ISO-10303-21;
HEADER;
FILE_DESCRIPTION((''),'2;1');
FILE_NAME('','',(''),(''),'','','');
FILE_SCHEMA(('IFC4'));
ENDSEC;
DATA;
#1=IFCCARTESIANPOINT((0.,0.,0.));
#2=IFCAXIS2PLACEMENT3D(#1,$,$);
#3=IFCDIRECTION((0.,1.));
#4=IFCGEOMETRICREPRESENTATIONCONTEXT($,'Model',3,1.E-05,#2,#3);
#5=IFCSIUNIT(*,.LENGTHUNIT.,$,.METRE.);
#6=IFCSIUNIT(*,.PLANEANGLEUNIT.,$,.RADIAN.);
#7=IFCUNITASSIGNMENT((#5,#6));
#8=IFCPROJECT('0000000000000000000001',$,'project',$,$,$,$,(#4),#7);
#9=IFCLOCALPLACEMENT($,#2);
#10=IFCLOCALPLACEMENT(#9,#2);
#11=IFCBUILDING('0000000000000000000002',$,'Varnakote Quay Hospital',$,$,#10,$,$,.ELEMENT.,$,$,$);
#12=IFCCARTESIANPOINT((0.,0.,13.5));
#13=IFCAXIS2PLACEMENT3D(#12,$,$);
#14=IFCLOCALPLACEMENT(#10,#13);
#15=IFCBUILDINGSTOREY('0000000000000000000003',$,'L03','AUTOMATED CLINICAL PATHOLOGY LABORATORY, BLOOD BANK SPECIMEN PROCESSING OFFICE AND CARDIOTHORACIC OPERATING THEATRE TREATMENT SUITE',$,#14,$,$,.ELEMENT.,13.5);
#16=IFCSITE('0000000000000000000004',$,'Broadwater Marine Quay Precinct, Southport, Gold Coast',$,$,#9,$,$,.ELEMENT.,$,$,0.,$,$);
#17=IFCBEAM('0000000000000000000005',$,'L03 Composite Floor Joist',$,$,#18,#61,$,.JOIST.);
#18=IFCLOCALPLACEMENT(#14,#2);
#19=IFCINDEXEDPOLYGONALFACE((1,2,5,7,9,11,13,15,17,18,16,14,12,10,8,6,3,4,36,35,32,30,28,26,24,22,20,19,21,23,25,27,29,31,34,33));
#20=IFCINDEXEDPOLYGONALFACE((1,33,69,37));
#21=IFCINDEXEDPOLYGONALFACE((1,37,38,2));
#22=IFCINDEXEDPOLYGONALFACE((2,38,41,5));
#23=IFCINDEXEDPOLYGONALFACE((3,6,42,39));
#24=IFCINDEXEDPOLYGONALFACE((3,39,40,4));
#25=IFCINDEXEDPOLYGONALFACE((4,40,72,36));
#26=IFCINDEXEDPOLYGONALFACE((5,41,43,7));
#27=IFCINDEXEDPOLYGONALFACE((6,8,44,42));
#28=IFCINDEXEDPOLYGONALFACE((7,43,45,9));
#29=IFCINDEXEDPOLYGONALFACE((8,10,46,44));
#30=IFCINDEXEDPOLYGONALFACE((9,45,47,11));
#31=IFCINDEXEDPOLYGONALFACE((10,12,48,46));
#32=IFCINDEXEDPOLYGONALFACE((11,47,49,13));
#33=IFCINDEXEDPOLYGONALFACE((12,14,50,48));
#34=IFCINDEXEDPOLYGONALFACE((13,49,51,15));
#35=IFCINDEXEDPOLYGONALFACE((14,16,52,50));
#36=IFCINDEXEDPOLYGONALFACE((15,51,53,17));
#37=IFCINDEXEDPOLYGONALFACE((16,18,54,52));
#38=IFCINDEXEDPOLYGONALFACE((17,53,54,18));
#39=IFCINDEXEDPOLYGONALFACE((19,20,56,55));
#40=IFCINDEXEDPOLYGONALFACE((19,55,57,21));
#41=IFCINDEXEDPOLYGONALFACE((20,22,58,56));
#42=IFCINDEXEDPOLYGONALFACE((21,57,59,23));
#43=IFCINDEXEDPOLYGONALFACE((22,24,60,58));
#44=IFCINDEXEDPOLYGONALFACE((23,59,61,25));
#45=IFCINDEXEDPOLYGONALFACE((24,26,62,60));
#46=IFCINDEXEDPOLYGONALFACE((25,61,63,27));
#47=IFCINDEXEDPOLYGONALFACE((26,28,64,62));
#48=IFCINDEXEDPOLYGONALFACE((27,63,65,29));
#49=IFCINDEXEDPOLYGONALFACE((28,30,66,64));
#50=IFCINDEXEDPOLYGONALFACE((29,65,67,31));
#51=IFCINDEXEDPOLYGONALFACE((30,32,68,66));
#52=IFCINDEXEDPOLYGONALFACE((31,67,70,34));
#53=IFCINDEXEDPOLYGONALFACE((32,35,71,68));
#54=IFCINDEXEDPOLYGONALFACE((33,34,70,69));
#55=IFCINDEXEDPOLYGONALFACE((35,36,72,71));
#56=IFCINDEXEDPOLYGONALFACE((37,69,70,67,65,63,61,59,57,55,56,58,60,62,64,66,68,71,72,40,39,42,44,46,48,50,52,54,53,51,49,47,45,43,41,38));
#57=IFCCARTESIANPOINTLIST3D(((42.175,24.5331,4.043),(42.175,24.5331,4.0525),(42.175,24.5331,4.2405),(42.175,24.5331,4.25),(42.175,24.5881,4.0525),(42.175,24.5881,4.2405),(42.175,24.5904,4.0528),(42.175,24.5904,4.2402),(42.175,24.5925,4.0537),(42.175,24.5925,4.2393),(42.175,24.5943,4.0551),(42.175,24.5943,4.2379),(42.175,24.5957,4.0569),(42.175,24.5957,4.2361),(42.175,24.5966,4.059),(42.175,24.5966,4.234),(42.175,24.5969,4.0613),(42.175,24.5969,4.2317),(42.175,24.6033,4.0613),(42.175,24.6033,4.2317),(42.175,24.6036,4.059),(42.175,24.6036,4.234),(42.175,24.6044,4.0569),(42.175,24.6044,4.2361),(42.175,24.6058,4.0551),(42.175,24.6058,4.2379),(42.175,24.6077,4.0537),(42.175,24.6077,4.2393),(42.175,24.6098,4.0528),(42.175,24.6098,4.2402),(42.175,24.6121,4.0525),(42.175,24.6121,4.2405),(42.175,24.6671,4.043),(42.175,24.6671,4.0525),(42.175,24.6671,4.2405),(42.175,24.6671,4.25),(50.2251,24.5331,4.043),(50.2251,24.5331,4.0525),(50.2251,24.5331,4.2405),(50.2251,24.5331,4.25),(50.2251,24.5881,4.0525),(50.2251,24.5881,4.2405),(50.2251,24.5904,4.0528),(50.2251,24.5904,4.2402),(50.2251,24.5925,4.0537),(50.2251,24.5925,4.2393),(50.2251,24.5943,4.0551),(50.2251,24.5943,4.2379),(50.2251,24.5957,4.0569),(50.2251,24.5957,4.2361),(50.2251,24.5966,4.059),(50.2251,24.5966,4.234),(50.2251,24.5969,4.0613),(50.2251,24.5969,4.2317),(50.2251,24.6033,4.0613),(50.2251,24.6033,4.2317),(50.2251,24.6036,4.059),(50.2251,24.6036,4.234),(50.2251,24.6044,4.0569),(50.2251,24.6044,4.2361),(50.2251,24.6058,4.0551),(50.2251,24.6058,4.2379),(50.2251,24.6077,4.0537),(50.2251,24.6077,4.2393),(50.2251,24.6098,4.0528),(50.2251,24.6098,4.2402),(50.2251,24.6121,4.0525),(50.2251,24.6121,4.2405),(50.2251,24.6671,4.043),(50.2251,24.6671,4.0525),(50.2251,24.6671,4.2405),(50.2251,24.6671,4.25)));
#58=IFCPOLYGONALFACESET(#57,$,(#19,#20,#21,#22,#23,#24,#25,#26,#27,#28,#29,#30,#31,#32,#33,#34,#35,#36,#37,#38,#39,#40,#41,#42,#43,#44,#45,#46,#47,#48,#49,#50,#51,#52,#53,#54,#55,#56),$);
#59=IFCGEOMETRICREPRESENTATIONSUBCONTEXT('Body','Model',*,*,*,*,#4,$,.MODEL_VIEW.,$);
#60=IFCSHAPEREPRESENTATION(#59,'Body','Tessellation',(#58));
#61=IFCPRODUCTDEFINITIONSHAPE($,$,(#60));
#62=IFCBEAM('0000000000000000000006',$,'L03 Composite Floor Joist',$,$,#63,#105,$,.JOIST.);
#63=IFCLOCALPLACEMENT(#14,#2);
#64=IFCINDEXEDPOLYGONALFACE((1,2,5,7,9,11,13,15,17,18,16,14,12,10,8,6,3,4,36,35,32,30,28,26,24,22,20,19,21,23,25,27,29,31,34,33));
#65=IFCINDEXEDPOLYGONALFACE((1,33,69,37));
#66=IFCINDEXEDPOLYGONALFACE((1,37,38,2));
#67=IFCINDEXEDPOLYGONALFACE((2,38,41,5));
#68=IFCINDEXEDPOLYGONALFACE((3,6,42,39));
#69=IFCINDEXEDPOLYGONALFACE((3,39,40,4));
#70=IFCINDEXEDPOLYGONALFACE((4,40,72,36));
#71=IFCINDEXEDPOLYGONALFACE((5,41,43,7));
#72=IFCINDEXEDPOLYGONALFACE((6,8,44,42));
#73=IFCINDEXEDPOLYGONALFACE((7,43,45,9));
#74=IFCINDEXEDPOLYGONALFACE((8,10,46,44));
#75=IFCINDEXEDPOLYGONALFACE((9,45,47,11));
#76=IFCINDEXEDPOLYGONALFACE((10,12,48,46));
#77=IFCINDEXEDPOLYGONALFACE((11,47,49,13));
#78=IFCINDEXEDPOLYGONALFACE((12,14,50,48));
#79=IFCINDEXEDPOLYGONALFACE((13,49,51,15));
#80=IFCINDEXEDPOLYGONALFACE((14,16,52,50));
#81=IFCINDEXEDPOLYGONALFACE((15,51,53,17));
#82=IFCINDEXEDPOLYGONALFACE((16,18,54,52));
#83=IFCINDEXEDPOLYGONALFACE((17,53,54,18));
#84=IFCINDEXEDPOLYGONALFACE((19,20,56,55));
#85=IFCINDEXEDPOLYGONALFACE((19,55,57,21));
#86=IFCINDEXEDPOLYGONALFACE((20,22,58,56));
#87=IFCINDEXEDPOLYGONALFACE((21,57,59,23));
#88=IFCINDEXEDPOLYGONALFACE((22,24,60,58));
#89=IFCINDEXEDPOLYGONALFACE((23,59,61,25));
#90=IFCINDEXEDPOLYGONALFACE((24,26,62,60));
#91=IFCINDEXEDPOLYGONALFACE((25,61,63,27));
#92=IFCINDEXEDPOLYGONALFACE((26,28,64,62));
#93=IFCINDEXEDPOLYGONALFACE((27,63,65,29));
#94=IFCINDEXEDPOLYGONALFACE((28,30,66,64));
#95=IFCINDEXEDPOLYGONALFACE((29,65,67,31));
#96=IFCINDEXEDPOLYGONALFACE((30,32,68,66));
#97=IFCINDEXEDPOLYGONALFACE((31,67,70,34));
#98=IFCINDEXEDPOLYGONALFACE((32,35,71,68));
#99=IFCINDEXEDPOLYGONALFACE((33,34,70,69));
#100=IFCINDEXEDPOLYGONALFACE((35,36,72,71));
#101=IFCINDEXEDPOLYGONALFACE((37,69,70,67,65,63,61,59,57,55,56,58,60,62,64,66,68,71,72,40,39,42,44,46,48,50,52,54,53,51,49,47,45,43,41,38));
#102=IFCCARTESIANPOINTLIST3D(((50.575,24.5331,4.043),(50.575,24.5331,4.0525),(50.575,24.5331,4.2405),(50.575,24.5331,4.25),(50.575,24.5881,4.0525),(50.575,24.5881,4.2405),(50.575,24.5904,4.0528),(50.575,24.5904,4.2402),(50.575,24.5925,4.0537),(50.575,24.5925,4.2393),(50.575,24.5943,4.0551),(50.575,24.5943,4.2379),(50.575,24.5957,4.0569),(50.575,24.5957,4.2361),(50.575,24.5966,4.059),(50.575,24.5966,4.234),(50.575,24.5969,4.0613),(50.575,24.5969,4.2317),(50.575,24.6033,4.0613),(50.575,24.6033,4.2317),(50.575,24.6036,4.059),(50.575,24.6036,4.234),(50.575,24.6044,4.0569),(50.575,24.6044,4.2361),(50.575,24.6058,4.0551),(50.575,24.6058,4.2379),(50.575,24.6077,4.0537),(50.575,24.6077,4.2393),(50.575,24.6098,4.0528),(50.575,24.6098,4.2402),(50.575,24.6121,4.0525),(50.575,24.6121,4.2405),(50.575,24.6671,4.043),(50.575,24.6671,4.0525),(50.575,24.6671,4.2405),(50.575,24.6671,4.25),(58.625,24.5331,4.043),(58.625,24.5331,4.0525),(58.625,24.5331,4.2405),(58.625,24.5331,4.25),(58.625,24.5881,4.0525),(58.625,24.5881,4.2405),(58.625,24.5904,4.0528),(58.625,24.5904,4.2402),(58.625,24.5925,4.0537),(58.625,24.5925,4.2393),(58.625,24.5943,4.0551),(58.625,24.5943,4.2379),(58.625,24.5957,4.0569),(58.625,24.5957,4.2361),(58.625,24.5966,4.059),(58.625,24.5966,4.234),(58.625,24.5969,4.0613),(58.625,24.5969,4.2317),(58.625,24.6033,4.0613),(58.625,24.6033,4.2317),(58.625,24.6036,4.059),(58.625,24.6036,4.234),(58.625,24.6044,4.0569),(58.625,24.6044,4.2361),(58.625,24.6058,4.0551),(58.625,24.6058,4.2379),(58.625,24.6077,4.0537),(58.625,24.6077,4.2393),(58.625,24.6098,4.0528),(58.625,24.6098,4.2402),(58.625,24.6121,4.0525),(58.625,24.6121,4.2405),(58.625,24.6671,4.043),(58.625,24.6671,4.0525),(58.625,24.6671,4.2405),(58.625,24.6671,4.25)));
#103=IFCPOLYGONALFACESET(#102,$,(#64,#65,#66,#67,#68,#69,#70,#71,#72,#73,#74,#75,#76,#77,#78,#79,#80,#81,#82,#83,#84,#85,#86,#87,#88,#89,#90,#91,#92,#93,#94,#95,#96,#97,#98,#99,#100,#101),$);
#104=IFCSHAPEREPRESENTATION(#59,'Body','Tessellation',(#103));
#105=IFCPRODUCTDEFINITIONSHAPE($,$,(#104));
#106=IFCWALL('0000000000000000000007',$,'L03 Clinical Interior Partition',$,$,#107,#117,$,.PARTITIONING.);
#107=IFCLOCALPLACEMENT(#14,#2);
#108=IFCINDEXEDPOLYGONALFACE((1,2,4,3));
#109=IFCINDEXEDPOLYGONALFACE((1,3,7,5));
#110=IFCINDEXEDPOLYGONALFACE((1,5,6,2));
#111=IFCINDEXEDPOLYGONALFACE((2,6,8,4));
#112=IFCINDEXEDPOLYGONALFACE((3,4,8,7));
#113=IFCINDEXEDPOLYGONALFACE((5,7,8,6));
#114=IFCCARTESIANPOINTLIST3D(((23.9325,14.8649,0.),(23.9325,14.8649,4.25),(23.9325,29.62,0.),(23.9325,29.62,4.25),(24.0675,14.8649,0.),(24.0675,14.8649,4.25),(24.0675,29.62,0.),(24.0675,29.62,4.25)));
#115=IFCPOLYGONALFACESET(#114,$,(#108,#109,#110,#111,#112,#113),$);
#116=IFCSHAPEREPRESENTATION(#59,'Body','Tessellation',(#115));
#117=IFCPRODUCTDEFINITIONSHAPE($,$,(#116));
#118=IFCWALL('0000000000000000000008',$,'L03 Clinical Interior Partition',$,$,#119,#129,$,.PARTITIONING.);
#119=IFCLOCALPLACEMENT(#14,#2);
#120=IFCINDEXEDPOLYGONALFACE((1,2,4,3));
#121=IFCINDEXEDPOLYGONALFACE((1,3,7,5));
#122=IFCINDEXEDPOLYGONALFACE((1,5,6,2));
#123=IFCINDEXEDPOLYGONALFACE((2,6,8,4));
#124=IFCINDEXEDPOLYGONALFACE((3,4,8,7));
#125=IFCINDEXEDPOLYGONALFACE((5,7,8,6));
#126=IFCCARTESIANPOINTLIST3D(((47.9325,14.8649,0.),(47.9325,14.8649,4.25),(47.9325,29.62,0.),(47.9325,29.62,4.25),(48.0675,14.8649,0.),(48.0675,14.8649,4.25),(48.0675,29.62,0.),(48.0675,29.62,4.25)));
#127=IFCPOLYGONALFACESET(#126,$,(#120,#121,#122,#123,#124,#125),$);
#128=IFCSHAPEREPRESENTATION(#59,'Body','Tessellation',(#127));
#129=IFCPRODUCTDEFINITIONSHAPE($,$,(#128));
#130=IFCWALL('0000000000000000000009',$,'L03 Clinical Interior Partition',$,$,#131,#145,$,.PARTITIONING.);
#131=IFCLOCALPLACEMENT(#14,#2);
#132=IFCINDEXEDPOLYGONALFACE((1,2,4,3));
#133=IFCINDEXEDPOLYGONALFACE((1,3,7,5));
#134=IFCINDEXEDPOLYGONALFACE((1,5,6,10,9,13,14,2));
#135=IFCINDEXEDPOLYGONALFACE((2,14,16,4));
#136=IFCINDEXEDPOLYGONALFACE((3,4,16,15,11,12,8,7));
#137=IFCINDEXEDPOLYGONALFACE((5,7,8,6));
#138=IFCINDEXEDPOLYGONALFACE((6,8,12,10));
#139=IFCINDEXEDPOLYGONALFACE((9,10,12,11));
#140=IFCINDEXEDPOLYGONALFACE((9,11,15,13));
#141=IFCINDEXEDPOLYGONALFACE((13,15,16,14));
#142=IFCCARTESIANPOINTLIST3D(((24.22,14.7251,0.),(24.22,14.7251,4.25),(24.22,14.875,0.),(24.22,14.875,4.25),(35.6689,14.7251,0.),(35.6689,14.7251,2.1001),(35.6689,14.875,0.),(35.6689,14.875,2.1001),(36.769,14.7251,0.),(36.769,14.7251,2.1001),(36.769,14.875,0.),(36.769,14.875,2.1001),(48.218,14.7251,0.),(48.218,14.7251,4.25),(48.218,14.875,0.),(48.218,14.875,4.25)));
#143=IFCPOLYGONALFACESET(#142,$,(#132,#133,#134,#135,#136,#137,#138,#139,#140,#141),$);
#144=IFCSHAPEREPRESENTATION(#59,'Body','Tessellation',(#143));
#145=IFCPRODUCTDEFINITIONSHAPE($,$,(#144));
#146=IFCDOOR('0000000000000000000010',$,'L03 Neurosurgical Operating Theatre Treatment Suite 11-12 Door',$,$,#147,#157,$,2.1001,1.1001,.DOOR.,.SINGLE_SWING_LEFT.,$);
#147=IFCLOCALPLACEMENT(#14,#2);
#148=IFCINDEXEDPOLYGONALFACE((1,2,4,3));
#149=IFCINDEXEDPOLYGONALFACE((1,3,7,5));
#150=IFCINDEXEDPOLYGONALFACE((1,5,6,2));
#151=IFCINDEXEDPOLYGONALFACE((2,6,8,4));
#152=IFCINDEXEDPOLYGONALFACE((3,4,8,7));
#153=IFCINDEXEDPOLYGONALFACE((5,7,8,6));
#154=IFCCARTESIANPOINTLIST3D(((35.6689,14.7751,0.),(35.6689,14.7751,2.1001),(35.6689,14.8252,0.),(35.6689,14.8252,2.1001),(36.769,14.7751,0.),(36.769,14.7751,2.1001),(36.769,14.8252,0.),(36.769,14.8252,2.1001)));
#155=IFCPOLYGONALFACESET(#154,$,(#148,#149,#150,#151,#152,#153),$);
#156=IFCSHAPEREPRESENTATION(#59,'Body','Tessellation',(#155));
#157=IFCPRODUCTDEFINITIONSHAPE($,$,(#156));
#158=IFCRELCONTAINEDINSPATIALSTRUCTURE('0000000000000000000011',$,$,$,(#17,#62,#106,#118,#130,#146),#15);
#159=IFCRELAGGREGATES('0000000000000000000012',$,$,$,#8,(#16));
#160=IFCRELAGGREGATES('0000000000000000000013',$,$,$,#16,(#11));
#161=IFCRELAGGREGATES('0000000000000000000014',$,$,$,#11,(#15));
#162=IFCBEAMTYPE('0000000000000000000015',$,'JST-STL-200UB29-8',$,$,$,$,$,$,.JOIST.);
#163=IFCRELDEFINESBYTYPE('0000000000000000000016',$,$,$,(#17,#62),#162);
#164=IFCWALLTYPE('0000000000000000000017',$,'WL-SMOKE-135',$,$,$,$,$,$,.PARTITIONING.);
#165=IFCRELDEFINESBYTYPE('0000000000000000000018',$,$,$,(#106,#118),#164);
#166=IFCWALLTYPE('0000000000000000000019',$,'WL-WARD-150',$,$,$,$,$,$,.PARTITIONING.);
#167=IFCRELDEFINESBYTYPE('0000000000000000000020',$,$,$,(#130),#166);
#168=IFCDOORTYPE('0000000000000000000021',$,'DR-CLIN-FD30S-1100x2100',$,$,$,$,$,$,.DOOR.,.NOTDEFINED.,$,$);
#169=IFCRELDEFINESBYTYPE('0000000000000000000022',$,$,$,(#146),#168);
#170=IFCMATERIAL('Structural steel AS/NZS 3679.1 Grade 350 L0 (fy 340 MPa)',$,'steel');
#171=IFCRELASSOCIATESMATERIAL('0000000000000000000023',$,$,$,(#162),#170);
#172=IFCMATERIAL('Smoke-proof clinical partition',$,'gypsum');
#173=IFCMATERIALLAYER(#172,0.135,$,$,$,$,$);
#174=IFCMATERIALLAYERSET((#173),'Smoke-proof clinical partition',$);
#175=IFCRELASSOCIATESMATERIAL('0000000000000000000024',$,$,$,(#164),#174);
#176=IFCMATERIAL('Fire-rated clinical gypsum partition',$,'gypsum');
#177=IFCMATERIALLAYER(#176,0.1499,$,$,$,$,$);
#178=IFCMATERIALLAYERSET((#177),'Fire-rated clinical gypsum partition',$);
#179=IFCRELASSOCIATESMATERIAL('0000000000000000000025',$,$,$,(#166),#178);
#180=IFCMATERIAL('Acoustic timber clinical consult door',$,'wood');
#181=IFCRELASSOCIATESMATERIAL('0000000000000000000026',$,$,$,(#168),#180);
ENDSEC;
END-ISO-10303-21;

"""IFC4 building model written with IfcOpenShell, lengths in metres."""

from ifc_helpers import new_model, si_unit, direction, frame, frame_2d, origin, origin_2d, place, context, subcontext, project, spatial, rectangle, i_section, extrude, material, layer, layer_set, material_profile, profile_set, type_object, element, fill, save


model = new_model("IFC4")

# Units and contexts
model_context = context("Model", 3, precision=1e-05, world=origin(), true_north=direction((0.0, 1.0)))
body_context = subcontext(model_context, "Body", "Model", "MODEL_VIEW")
ifc_project = project(units=[si_unit("LENGTHUNIT", "METRE"), si_unit("PLANEANGLEUNIT", "RADIAN")], contexts=[model_context])

# Site, building, storey
site_placement = place(None, origin())
site = spatial("IfcSite", under=ifc_project, at=site_placement, Name="Broadwater Marine Quay Precinct, Southport, Gold Coast", CompositionType="ELEMENT", RefElevation=0.0)
building_placement = place(site_placement, origin())
building = spatial("IfcBuilding", under=site, at=building_placement, Name="Varnakote Quay Hospital", CompositionType="ELEMENT")
storey_placement = place(building_placement, frame((0.0, 0.0, 13.5)))
storey = spatial("IfcBuildingStorey", under=building, at=storey_placement, Name="L03", Description="AUTOMATED CLINICAL PATHOLOGY LABORATORY, BLOOD BANK SPECIMEN PROCESSING OFFICE AND CARDIOTHORACIC OPERATING THEATRE TREATMENT SUITE", CompositionType="ELEMENT", Elevation=13.5)

# Beams
ifc_material_1 = material(Name="Structural steel AS/NZS 3679.1 Grade 350 L0 (fy 340 MPa)", Category="steel")
ifc_material_profile_1 = material_profile(ifc_material_1, i_section(OverallWidth=0.134, OverallDepth=0.207, WebThickness=0.0063, FlangeThickness=0.0095, FilletRadius=0.0088, at=origin_2d()), Name="200UB29.8")
ifc_profile_set_1 = profile_set([ifc_material_profile_1], Name="Structural steel AS/NZS 3679.1 Grade 350 L0 (fy 340 MPa)")
beam_type_1 = type_object("IfcBeamType", Name="JST-STL-200UB29-8", PredefinedType="JOIST", material=ifc_profile_set_1)
for number, where, z_axis, x_axis, name in (
    (1, (42.175, 24.6001, 4.1465), (1.0, 0.0, 0.0), (0.0, 1.0, 0.0), "L03 Composite Floor Joist"),
    (2, (50.575, 24.6001, 4.1465), (1.0, 0.0, 0.0), (0.0, 1.0, 0.0), "L03 Composite Floor Joist"),
):
    element("IfcBeam", number, at=place(storey_placement, frame(where, z_axis=z_axis, x_axis=x_axis)), inside=storey, type_object=beam_type_1, Name=name, PredefinedType="JOIST", context=body_context, shape_type="SweptSolid", body=[
        extrude(i_section(OverallWidth=0.134, OverallDepth=0.207, WebThickness=0.0063, FlangeThickness=0.0095, FilletRadius=0.0088, at=origin_2d()), origin(), (0.0, 0.0, 1.0), 8.05),
    ])

# Walls
ifc_material_2 = material(Name="Smoke-proof clinical partition", Category="gypsum")
ifc_layer_1 = layer(ifc_material_2, 0.135)
ifc_layer_set_1 = layer_set([ifc_layer_1], Name="Smoke-proof clinical partition")
wall_type_1 = type_object("IfcWallType", Name="WL-SMOKE-135", PredefinedType="PARTITIONING", material=ifc_layer_set_1)
for number, where, z_axis, x_axis, name in (
    (3, (24.0, 14.865, 0.0), (0.0, 0.0, 1.0), (0.0, 1.0, 0.0), "L03 Clinical Interior Partition"),
    (4, (48.0, 14.865, 0.0), (0.0, 0.0, 1.0), (0.0, 1.0, 0.0), "L03 Clinical Interior Partition"),
):
    element("IfcWall", number, at=place(storey_placement, frame(where, z_axis=z_axis, x_axis=x_axis)), inside=storey, type_object=wall_type_1, Name=name, PredefinedType="PARTITIONING", context=body_context, shape_type="SweptSolid", body=[
        extrude(rectangle(XDim=14.7551, YDim=0.135, at=frame_2d((7.3774, 0.0))), origin(), (0.0, 0.0, 1.0), 4.25),
    ])

# Wall, opening, door
ifc_material_3 = material(Name="Fire-rated clinical gypsum partition", Category="gypsum")
ifc_layer_2 = layer(ifc_material_3, 0.1499)
ifc_layer_set_2 = layer_set([ifc_layer_2], Name="Fire-rated clinical gypsum partition")
wall_type_2 = type_object("IfcWallType", Name="WL-WARD-150", PredefinedType="PARTITIONING", material=ifc_layer_set_2)
wall_placement = place(storey_placement, frame((48.218, 14.8, 0.0), z_axis=(0.0, 0.0, 1.0), x_axis=(-1.0, 0.0, 0.0)))
wall = element("IfcWall", 5, at=wall_placement, inside=storey, type_object=wall_type_2, Name="L03 Clinical Interior Partition", PredefinedType="PARTITIONING", context=body_context, shape_type="SweptSolid", body=[
    extrude(rectangle(XDim=23.998, YDim=0.1499, at=frame_2d((11.999, 0.0))), origin(), (0.0, 0.0, 1.0), 4.25),
])
opening_placement = place(wall_placement, frame((11.449, 0.0, 0.0)))
opening = element("IfcOpeningElement", 6, at=opening_placement, cuts=wall, PredefinedType="OPENING", context=body_context, shape_type="SweptSolid", body=[
    extrude(rectangle(XDim=1.1001, YDim=2.1001, at=frame_2d((0.55, 1.05))), frame((0.0, 0.085, 0.0), z_axis=(0.0, -1.0, 0.0), x_axis=(1.0, 0.0, 0.0)), (0.0, 0.0, 1.0), 0.1699),
])
ifc_material_4 = material(Name="Acoustic timber clinical consult door", Category="wood")
door_type = type_object("IfcDoorType", Name="DR-CLIN-FD30S-1100x2100", OperationType="NOTDEFINED", PredefinedType="DOOR", material=ifc_material_4)
door_placement = place(opening_placement, origin())
door = element("IfcDoor", 7, at=door_placement, inside=storey, type_object=door_type, Name="L03 Neurosurgical Operating Theatre Treatment Suite 11-12 Door", OperationType="SINGLE_SWING_LEFT", OverallHeight=2.1001, OverallWidth=1.1001, PredefinedType="DOOR", context=body_context, shape_type="SweptSolid", body=[
    extrude(rectangle(XDim=1.1001, YDim=2.1001, at=frame_2d((0.55, 1.05))), frame((0.0, 0.0249, 0.0), z_axis=(0.0, -1.0, 0.0), x_axis=(1.0, 0.0, 0.0)), (0.0, 0.0, 1.0), 0.05),
])
fill(opening, door)

save(model, "model.ifc")
